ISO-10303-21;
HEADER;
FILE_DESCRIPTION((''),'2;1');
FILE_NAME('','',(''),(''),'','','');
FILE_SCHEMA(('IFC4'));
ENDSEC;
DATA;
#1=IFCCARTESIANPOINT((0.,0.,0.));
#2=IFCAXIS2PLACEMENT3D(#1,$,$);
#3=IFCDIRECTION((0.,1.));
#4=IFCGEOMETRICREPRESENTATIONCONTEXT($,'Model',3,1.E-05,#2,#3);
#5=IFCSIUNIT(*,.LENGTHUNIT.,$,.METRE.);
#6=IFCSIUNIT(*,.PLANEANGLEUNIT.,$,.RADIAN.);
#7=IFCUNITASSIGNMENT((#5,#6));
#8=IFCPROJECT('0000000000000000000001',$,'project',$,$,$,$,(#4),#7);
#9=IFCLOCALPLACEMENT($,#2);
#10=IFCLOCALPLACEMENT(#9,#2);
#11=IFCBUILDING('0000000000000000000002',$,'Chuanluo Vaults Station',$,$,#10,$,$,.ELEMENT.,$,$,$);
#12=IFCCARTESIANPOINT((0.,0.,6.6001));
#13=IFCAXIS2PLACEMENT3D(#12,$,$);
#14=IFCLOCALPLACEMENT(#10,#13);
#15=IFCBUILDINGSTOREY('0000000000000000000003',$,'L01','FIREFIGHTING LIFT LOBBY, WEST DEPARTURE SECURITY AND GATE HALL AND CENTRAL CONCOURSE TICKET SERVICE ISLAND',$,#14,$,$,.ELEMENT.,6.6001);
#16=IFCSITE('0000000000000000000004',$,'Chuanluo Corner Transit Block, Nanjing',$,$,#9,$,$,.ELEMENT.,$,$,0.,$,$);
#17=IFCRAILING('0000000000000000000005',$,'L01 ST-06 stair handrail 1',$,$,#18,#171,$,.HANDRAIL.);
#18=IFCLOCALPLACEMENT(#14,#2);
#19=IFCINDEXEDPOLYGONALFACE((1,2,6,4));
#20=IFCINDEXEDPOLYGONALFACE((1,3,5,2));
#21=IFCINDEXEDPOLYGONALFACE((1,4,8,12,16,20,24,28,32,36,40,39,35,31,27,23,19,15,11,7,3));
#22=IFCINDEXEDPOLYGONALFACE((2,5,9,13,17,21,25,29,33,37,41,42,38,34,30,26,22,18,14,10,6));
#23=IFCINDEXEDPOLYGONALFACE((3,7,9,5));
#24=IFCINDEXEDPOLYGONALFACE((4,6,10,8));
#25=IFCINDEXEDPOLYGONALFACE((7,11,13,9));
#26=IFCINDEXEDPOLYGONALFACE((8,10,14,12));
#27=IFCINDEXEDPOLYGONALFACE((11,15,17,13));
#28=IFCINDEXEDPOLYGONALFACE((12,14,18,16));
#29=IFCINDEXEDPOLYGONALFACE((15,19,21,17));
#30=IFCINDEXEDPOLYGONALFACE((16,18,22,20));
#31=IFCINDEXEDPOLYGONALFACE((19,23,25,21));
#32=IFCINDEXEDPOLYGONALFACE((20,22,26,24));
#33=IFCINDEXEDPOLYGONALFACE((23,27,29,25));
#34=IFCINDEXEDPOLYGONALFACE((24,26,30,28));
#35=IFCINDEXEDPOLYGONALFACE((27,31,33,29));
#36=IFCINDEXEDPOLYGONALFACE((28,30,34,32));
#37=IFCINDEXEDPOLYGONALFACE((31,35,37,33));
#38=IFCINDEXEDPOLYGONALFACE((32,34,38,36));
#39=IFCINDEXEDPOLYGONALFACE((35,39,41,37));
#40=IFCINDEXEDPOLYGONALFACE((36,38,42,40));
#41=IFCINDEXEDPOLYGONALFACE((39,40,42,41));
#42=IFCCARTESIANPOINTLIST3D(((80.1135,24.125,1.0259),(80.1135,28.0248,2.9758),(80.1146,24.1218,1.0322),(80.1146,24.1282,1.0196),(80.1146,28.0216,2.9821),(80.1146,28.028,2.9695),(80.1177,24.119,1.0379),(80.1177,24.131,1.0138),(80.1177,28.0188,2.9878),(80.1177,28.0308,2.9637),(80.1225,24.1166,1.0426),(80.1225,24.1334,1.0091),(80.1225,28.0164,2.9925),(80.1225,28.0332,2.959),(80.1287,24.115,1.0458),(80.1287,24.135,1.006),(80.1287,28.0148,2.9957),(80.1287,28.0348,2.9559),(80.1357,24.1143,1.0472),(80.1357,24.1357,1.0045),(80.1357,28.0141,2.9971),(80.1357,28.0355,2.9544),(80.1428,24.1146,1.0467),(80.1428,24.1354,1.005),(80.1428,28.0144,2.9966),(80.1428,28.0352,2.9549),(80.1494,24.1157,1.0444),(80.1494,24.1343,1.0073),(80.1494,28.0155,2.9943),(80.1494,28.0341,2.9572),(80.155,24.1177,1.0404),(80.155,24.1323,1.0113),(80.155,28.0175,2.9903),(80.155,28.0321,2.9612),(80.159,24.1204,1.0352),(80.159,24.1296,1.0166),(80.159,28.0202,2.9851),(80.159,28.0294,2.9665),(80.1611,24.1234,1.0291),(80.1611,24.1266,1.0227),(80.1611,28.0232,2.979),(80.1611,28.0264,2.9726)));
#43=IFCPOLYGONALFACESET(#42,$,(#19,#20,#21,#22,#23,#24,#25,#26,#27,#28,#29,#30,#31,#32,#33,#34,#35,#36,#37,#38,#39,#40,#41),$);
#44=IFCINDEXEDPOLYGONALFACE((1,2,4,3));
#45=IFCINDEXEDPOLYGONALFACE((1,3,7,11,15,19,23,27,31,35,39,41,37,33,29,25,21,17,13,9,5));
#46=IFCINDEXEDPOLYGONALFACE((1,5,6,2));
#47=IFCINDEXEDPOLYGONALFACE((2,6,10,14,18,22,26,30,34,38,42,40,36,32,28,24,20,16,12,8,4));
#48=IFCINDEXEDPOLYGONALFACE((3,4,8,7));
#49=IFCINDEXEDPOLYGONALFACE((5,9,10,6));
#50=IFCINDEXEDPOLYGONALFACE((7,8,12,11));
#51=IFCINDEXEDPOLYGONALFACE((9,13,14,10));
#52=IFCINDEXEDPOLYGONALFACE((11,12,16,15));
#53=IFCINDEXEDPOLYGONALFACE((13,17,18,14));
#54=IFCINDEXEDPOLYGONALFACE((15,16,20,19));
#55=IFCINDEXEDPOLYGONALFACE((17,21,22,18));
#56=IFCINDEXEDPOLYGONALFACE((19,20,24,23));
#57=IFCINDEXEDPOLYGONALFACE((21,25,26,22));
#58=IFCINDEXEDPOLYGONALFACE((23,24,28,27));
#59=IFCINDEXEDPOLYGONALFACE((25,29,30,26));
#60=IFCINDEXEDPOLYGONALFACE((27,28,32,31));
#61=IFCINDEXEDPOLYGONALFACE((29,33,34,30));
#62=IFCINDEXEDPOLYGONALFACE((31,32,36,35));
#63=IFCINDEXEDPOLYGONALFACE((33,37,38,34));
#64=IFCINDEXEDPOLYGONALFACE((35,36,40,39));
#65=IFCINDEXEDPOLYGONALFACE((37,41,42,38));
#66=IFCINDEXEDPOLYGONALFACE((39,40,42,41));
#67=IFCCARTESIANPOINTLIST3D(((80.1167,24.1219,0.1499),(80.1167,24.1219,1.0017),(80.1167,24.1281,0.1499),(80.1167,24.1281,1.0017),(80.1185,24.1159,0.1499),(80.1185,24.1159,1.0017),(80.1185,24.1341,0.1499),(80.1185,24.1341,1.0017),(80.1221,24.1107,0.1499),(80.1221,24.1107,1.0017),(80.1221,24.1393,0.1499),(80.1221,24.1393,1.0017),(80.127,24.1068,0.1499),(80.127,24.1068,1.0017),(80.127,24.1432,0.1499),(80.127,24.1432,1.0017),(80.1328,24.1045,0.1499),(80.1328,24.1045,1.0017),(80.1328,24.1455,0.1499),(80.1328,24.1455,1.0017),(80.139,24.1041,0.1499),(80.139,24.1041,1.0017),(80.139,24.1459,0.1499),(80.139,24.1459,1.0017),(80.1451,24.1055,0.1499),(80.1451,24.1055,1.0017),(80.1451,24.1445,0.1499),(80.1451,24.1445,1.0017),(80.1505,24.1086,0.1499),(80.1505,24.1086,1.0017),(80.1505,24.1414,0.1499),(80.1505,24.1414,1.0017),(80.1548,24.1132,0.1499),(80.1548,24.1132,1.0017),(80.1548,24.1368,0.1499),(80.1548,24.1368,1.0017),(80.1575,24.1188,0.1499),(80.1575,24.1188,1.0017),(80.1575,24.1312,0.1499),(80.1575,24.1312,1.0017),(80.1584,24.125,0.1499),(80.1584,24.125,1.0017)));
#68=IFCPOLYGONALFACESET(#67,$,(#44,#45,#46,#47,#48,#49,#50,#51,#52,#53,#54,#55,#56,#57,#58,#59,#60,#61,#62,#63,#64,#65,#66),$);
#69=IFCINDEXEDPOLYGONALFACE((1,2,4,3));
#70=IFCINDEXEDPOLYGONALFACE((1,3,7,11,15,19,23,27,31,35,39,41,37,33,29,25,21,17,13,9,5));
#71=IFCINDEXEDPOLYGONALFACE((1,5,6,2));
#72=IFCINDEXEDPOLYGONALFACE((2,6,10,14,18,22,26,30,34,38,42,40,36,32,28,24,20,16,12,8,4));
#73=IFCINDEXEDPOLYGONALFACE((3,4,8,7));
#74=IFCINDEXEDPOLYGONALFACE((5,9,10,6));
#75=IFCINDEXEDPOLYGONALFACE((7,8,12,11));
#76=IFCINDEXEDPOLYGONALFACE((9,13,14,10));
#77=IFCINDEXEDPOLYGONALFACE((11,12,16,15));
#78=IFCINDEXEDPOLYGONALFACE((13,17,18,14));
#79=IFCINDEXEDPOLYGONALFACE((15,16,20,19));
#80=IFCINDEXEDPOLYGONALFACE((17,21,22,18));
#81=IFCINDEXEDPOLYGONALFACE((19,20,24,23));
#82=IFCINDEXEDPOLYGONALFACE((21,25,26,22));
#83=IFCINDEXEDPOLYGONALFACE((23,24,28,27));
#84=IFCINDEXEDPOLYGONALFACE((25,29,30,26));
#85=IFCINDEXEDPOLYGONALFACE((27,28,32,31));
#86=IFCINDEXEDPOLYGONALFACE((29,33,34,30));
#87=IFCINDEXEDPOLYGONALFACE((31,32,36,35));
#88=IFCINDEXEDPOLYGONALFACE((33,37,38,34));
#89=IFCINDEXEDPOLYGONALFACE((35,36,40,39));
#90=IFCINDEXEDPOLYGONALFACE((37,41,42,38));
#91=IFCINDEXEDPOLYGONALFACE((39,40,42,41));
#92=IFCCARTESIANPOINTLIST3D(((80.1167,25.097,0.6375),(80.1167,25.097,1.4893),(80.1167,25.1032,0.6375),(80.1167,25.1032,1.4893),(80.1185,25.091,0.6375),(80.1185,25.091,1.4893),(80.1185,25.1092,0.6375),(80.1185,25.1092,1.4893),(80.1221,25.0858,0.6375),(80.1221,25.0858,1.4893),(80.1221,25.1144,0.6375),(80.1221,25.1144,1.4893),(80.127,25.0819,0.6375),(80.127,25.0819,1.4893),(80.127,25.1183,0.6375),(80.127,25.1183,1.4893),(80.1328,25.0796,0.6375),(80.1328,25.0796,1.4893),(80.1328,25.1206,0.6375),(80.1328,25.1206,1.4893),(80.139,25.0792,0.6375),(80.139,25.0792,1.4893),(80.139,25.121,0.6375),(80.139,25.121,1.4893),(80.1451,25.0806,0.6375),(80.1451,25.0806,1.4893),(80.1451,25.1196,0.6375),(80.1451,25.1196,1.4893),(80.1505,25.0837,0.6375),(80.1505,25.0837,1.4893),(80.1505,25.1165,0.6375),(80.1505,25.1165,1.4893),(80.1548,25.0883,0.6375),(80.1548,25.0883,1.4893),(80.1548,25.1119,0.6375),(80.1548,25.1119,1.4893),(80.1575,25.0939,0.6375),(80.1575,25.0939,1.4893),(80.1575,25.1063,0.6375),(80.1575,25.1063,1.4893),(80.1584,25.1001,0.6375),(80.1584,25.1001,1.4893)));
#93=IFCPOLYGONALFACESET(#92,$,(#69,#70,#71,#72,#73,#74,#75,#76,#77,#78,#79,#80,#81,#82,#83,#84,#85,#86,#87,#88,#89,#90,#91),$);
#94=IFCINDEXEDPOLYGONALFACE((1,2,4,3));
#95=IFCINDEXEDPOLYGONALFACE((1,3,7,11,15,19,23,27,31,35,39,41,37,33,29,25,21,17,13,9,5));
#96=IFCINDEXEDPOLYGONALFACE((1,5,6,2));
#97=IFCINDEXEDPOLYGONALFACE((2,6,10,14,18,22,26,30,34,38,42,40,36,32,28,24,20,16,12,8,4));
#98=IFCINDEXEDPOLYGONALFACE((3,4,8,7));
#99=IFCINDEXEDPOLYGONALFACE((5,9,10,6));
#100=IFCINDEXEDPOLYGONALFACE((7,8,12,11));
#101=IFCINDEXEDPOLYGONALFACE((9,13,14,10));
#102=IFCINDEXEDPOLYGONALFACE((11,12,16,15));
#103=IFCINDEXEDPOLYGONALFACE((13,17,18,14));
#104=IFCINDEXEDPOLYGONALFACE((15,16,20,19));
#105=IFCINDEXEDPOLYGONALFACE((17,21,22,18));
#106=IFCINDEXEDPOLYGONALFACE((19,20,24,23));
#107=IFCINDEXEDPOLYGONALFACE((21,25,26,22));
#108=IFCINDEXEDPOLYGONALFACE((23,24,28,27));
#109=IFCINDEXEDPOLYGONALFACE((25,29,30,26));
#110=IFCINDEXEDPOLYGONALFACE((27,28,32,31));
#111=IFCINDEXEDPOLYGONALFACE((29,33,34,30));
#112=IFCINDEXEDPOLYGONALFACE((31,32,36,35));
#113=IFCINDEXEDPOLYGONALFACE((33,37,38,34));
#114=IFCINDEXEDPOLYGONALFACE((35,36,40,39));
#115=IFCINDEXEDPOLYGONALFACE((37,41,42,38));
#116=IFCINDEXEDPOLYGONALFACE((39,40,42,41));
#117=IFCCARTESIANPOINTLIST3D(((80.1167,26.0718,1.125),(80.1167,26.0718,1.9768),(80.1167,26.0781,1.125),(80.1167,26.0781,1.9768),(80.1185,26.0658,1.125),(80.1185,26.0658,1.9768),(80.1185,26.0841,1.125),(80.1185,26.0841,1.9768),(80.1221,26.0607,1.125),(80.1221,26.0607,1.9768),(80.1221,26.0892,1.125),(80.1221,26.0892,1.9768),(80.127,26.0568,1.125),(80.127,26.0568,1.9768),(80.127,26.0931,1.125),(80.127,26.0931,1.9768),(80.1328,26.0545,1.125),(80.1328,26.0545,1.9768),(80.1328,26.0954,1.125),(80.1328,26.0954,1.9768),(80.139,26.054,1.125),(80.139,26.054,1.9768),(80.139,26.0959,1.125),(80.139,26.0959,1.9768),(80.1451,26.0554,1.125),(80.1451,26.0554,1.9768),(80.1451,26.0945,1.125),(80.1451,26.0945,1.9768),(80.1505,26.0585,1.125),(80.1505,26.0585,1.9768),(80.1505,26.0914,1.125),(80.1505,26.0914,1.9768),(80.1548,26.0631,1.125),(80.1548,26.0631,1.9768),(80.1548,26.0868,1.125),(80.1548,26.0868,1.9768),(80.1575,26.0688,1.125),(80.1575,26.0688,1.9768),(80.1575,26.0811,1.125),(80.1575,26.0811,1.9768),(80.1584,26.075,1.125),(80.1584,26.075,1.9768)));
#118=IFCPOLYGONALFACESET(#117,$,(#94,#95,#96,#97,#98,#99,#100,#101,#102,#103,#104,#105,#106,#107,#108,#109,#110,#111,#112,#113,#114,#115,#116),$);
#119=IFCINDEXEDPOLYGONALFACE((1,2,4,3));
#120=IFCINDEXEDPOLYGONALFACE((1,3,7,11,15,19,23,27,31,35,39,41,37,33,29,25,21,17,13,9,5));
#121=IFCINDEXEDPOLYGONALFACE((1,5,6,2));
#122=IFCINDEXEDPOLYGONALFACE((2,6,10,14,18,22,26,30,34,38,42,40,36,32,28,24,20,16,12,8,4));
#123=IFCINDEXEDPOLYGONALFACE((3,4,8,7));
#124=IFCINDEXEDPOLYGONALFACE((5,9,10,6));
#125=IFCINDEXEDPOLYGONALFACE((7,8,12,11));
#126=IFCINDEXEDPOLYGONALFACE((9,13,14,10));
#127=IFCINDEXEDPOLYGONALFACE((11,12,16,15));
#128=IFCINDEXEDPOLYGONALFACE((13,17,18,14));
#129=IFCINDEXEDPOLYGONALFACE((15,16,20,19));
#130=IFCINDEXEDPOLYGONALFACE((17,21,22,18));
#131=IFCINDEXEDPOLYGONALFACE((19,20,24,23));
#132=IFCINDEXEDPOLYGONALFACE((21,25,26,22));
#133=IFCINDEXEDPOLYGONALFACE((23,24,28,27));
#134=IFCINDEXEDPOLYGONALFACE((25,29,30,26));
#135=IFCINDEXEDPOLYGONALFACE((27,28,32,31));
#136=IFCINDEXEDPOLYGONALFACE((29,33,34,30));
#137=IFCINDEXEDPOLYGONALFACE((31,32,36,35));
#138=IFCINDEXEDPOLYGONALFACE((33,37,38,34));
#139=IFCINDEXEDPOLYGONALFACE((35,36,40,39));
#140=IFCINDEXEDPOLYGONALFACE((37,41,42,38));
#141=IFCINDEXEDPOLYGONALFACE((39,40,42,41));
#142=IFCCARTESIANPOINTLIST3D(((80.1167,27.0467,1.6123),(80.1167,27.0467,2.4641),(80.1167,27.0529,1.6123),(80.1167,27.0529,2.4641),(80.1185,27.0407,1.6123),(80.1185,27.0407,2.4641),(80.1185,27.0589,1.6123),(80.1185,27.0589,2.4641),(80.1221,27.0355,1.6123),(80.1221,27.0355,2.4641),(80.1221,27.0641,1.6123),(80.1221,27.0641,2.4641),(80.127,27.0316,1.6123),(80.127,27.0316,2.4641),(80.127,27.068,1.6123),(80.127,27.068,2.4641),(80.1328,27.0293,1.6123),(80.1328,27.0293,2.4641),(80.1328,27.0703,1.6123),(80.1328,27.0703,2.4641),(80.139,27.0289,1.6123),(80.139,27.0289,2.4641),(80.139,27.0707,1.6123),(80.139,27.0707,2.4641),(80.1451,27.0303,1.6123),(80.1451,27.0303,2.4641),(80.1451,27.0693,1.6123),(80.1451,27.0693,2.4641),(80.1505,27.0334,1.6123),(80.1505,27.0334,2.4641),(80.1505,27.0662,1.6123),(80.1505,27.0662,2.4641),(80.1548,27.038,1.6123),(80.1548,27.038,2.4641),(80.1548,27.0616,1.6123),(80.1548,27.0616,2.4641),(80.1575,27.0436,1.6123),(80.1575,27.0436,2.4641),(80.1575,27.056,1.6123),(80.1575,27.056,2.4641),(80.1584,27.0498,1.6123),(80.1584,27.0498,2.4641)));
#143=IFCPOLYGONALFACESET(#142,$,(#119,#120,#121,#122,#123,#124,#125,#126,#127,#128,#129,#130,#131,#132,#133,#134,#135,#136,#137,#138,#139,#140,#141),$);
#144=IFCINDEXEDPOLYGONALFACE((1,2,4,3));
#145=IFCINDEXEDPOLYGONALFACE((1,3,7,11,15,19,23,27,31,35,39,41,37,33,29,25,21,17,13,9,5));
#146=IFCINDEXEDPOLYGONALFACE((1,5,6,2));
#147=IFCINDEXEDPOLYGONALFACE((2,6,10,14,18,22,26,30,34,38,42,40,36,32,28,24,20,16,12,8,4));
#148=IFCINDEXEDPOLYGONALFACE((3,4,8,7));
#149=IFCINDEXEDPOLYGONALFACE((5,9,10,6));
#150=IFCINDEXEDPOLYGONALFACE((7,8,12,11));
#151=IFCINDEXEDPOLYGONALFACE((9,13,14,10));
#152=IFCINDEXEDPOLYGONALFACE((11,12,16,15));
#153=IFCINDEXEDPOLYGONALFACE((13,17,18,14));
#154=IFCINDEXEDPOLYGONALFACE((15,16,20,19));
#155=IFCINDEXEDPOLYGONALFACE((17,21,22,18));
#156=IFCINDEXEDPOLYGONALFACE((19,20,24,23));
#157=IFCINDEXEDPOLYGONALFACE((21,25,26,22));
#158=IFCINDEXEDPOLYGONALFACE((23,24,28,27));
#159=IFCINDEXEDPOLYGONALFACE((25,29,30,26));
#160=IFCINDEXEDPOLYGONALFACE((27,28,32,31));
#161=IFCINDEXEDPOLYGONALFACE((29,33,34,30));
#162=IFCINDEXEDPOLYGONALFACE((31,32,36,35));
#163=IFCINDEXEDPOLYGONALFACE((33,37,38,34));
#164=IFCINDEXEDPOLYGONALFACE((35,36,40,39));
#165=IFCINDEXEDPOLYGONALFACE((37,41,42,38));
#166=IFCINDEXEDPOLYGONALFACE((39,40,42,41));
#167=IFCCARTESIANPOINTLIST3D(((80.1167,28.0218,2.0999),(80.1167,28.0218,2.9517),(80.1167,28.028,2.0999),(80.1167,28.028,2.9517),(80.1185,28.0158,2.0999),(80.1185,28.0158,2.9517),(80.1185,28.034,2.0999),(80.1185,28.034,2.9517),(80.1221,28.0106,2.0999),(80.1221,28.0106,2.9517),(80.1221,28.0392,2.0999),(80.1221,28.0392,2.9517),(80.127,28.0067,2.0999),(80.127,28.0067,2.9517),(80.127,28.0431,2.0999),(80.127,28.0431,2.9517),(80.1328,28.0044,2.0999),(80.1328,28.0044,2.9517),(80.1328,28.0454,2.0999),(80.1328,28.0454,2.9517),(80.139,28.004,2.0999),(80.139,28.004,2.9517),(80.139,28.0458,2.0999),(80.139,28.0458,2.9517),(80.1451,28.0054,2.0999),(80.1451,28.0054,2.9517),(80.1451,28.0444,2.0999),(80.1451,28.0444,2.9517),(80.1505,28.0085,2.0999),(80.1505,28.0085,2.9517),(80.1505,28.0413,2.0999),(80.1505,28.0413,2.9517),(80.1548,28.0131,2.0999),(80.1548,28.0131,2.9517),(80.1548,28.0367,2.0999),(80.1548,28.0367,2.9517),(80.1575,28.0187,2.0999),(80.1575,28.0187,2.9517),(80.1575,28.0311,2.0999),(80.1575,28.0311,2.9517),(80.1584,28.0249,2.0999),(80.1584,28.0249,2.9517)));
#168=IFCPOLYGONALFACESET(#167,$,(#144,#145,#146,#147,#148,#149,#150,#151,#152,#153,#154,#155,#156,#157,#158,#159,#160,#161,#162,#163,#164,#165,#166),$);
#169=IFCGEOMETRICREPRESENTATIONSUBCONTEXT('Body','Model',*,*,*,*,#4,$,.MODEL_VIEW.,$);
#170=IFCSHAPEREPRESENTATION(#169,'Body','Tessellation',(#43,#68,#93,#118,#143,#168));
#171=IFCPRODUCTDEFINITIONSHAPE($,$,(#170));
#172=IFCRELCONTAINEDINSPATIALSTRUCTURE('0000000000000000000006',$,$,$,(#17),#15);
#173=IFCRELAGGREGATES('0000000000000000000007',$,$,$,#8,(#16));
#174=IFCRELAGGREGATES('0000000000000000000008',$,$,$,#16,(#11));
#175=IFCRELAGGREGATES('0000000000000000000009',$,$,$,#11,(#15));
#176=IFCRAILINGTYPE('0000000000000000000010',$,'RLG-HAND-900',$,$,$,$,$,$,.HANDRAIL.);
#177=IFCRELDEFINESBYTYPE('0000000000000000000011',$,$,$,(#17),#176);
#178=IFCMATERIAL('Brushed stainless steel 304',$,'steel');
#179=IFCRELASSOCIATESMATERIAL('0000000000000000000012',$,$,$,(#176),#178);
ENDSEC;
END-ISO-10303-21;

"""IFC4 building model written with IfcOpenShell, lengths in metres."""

from ifc_helpers import new_model, si_unit, direction, frame, origin, origin_2d, place, context, subcontext, project, spatial, circle, extrude, material, type_object, element, save


model = new_model("IFC4")

# Units and contexts
model_context = context("Model", 3, precision=1e-05, world=origin(), true_north=direction((0.0, 1.0)))
body_context = subcontext(model_context, "Body", "Model", "MODEL_VIEW")
ifc_project = project(units=[si_unit("LENGTHUNIT", "METRE"), si_unit("PLANEANGLEUNIT", "RADIAN")], contexts=[model_context])

# Site, building, storey
site_placement = place(None, origin())
site = spatial("IfcSite", under=ifc_project, at=site_placement, Name="Chuanluo Corner Transit Block, Nanjing", CompositionType="ELEMENT", RefElevation=0.0)
building_placement = place(site_placement, origin())
building = spatial("IfcBuilding", under=site, at=building_placement, Name="Chuanluo Vaults Station", CompositionType="ELEMENT")
storey_placement = place(building_placement, frame((0.0, 0.0, 6.6001)))
storey = spatial("IfcBuildingStorey", under=building, at=storey_placement, Name="L01", Description="FIREFIGHTING LIFT LOBBY, WEST DEPARTURE SECURITY AND GATE HALL AND CENTRAL CONCOURSE TICKET SERVICE ISLAND", CompositionType="ELEMENT", Elevation=6.6001)

# Railing
ifc_material_1 = material(Name="Brushed stainless steel 304", Category="steel")
railing_type_1 = type_object("IfcRailingType", Name="RLG-HAND-900", PredefinedType="HANDRAIL", material=ifc_material_1)
railing_1_placement = place(storey_placement, frame((80.1375, 24.125, 0.1499)))
element("IfcRailing", 1, at=railing_1_placement, inside=storey, type_object=railing_type_1, Name="L01 ST-06 stair handrail 1", PredefinedType="HANDRAIL", context=body_context, shape_type="SweptSolid", body=[
    extrude(circle(Radius=0.0239, at=origin_2d()), frame((0.0, 0.0, 0.876), z_axis=(0.0, 0.894427, 0.447214), x_axis=(-1.0, 0.0, 0.0)), (0.0, 0.0, 1.0), 4.3601),
    extrude(circle(Radius=0.021, at=origin_2d()), origin(), (0.0, 0.0, 1.0), 0.8518),
    extrude(circle(Radius=0.021, at=origin_2d()), frame((0.0, 0.9751, 0.4875)), (0.0, 0.0, 1.0), 0.8518),
    extrude(circle(Radius=0.021, at=origin_2d()), frame((0.0, 1.95, 0.9751)), (0.0, 0.0, 1.0), 0.8518),
    extrude(circle(Radius=0.021, at=origin_2d()), frame((0.0, 2.9248, 1.4624)), (0.0, 0.0, 1.0), 0.8518),
    extrude(circle(Radius=0.021, at=origin_2d()), frame((0.0, 3.8999, 1.95)), (0.0, 0.0, 1.0), 0.8518),
])

save(model, "model.ifc")
